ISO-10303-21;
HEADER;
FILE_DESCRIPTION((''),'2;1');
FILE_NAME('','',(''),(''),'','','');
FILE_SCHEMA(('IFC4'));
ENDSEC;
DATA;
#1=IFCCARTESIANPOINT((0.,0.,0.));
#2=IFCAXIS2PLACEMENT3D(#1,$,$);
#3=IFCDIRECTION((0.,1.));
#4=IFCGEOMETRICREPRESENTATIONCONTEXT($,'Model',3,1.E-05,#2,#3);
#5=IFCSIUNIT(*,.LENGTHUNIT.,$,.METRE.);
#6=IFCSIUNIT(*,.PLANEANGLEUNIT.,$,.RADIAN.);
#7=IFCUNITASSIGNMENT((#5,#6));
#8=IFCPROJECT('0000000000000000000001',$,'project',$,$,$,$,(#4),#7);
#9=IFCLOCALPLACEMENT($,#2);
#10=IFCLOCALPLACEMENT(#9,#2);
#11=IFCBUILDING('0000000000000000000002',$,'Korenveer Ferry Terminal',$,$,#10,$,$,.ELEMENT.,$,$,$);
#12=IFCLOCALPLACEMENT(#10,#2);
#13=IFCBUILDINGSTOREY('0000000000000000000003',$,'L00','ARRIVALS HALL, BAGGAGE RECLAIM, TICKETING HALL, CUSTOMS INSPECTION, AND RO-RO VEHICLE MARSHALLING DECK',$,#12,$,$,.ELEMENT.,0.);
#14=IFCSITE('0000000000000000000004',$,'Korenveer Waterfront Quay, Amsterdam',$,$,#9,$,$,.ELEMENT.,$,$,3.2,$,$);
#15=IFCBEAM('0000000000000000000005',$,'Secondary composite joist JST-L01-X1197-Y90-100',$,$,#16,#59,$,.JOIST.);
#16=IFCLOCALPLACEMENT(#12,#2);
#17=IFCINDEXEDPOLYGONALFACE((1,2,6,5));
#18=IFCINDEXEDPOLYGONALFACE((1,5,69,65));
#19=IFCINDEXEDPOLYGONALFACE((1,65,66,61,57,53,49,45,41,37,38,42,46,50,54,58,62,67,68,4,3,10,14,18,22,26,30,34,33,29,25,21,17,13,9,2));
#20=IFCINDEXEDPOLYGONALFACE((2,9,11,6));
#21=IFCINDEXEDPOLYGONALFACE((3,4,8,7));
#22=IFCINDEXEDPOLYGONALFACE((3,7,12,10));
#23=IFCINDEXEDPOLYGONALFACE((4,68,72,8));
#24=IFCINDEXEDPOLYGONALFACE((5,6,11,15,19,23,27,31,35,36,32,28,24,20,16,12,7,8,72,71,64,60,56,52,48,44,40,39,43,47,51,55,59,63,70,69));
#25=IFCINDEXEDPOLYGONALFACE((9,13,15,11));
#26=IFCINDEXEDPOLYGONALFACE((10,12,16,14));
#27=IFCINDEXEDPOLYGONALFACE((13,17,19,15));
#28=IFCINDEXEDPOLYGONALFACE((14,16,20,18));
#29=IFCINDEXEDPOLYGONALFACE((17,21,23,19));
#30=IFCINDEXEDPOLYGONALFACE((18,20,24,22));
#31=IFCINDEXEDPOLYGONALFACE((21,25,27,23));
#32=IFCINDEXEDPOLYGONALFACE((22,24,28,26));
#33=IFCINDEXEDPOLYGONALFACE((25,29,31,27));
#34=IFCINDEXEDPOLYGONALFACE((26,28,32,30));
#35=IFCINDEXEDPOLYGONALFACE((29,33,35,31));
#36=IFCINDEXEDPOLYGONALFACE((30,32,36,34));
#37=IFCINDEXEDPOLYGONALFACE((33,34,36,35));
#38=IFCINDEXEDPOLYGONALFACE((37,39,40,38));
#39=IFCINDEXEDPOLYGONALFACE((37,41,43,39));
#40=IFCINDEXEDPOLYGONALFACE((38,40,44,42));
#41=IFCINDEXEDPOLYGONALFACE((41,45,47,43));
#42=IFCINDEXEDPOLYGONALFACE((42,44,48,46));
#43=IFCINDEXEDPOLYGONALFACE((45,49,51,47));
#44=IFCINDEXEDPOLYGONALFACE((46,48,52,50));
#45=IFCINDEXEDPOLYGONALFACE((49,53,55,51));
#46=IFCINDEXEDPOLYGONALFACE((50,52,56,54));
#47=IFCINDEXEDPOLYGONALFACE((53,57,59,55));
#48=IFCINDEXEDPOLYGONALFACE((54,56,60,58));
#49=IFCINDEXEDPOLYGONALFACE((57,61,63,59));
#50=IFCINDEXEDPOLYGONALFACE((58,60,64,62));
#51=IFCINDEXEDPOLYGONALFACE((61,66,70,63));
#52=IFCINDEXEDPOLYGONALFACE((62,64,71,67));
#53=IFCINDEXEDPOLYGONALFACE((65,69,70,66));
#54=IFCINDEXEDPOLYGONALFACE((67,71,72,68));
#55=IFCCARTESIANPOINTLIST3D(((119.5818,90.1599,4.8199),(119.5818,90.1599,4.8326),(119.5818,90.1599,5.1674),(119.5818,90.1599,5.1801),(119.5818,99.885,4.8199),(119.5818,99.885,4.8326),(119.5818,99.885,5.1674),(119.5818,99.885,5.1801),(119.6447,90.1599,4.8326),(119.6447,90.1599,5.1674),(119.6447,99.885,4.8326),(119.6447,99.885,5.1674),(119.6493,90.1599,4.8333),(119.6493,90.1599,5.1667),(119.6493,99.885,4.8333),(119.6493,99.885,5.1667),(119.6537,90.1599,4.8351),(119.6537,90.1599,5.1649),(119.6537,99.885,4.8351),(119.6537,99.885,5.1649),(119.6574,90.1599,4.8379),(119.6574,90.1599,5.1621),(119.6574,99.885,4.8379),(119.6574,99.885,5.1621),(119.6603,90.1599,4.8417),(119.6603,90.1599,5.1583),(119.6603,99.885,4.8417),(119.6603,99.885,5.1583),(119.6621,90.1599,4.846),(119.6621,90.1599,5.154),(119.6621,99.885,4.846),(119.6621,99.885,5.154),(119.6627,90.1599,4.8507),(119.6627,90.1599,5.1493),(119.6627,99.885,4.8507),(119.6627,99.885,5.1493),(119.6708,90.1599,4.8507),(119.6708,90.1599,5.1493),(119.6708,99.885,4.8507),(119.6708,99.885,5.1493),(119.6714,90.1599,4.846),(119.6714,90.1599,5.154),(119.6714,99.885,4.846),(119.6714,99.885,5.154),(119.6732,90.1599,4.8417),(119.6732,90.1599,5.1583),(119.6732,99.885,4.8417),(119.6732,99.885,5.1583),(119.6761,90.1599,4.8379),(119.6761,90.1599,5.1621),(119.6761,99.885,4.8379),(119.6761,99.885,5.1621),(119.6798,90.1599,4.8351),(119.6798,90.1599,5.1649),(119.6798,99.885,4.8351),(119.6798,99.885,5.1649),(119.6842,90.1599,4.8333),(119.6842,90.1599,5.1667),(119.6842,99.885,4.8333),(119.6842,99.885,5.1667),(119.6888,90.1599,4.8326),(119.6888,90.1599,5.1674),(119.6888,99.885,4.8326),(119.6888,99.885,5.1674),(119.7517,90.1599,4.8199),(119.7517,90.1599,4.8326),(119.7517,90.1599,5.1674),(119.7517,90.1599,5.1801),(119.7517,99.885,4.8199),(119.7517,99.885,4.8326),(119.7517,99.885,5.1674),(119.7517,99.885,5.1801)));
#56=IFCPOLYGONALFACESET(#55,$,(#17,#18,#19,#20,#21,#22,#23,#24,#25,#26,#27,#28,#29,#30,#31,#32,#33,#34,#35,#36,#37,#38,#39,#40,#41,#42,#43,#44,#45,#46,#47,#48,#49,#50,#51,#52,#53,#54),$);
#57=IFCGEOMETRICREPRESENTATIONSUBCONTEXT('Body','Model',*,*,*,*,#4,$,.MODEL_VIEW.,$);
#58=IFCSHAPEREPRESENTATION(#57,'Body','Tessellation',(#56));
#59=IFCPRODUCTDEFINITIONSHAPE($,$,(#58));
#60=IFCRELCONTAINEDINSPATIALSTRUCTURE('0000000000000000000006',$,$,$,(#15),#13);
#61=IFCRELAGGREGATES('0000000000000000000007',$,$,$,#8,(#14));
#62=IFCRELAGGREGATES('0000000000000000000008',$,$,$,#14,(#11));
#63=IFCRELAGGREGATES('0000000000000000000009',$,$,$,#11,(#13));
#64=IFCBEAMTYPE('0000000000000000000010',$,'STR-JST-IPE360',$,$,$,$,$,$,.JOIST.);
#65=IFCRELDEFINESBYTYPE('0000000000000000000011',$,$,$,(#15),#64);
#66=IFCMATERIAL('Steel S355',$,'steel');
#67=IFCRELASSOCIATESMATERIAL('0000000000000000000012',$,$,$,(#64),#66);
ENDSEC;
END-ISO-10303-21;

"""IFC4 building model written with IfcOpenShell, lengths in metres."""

from ifc_helpers import new_model, si_unit, direction, frame, origin, origin_2d, place, context, subcontext, project, spatial, i_section, extrude, material, material_profile, profile_set, type_object, element, save


model = new_model("IFC4")

# Units and contexts
model_context = context("Model", 3, precision=1e-05, world=origin(), true_north=direction((0.0, 1.0)))
body_context = subcontext(model_context, "Body", "Model", "MODEL_VIEW")
ifc_project = project(units=[si_unit("LENGTHUNIT", "METRE"), si_unit("PLANEANGLEUNIT", "RADIAN")], contexts=[model_context])

# Site, building, storey
site_placement = place(None, origin())
site = spatial("IfcSite", under=ifc_project, at=site_placement, Name="Korenveer Waterfront Quay, Amsterdam", CompositionType="ELEMENT", RefElevation=3.2)
building_placement = place(site_placement, origin())
building = spatial("IfcBuilding", under=site, at=building_placement, Name="Korenveer Ferry Terminal", CompositionType="ELEMENT")
storey_placement = place(building_placement, origin())
storey = spatial("IfcBuildingStorey", under=building, at=storey_placement, Name="L00", Description="ARRIVALS HALL, BAGGAGE RECLAIM, TICKETING HALL, CUSTOMS INSPECTION, AND RO-RO VEHICLE MARSHALLING DECK", CompositionType="ELEMENT", Elevation=0.0)

# Shared definitions
ifc_material_1 = material(Name="Steel S355", Category="steel")

# Beam
ifc_material_profile_1 = material_profile(ifc_material_1, i_section(OverallWidth=0.1699, OverallDepth=0.3601, WebThickness=0.0081, FlangeThickness=0.0127, FilletRadius=0.0181, at=origin_2d()), Name="IPE 360")
ifc_profile_set_1 = profile_set([ifc_material_profile_1], Name="Steel S355")
beam_type_1 = type_object("IfcBeamType", Name="STR-JST-IPE360", PredefinedType="JOIST", material=ifc_profile_set_1)
for number, where, z_axis, x_axis, name in (
    (1, (119.6667, 90.1599, 5.0), (0.0, 1.0, 0.0), (-1.0, 0.0, 0.0), "Secondary composite joist JST-L01-X1197-Y90-100"),
):
    element("IfcBeam", number, at=place(storey_placement, frame(where, z_axis=z_axis, x_axis=x_axis)), inside=storey, type_object=beam_type_1, Name=name, PredefinedType="JOIST", context=body_context, shape_type="SweptSolid", body=[
        extrude(i_section(OverallWidth=0.1699, OverallDepth=0.3601, WebThickness=0.0081, FlangeThickness=0.0127, FilletRadius=0.0181, at=origin_2d()), origin(), (0.0, 0.0, 1.0), 9.7251),
    ])

save(model, "model.ifc")
